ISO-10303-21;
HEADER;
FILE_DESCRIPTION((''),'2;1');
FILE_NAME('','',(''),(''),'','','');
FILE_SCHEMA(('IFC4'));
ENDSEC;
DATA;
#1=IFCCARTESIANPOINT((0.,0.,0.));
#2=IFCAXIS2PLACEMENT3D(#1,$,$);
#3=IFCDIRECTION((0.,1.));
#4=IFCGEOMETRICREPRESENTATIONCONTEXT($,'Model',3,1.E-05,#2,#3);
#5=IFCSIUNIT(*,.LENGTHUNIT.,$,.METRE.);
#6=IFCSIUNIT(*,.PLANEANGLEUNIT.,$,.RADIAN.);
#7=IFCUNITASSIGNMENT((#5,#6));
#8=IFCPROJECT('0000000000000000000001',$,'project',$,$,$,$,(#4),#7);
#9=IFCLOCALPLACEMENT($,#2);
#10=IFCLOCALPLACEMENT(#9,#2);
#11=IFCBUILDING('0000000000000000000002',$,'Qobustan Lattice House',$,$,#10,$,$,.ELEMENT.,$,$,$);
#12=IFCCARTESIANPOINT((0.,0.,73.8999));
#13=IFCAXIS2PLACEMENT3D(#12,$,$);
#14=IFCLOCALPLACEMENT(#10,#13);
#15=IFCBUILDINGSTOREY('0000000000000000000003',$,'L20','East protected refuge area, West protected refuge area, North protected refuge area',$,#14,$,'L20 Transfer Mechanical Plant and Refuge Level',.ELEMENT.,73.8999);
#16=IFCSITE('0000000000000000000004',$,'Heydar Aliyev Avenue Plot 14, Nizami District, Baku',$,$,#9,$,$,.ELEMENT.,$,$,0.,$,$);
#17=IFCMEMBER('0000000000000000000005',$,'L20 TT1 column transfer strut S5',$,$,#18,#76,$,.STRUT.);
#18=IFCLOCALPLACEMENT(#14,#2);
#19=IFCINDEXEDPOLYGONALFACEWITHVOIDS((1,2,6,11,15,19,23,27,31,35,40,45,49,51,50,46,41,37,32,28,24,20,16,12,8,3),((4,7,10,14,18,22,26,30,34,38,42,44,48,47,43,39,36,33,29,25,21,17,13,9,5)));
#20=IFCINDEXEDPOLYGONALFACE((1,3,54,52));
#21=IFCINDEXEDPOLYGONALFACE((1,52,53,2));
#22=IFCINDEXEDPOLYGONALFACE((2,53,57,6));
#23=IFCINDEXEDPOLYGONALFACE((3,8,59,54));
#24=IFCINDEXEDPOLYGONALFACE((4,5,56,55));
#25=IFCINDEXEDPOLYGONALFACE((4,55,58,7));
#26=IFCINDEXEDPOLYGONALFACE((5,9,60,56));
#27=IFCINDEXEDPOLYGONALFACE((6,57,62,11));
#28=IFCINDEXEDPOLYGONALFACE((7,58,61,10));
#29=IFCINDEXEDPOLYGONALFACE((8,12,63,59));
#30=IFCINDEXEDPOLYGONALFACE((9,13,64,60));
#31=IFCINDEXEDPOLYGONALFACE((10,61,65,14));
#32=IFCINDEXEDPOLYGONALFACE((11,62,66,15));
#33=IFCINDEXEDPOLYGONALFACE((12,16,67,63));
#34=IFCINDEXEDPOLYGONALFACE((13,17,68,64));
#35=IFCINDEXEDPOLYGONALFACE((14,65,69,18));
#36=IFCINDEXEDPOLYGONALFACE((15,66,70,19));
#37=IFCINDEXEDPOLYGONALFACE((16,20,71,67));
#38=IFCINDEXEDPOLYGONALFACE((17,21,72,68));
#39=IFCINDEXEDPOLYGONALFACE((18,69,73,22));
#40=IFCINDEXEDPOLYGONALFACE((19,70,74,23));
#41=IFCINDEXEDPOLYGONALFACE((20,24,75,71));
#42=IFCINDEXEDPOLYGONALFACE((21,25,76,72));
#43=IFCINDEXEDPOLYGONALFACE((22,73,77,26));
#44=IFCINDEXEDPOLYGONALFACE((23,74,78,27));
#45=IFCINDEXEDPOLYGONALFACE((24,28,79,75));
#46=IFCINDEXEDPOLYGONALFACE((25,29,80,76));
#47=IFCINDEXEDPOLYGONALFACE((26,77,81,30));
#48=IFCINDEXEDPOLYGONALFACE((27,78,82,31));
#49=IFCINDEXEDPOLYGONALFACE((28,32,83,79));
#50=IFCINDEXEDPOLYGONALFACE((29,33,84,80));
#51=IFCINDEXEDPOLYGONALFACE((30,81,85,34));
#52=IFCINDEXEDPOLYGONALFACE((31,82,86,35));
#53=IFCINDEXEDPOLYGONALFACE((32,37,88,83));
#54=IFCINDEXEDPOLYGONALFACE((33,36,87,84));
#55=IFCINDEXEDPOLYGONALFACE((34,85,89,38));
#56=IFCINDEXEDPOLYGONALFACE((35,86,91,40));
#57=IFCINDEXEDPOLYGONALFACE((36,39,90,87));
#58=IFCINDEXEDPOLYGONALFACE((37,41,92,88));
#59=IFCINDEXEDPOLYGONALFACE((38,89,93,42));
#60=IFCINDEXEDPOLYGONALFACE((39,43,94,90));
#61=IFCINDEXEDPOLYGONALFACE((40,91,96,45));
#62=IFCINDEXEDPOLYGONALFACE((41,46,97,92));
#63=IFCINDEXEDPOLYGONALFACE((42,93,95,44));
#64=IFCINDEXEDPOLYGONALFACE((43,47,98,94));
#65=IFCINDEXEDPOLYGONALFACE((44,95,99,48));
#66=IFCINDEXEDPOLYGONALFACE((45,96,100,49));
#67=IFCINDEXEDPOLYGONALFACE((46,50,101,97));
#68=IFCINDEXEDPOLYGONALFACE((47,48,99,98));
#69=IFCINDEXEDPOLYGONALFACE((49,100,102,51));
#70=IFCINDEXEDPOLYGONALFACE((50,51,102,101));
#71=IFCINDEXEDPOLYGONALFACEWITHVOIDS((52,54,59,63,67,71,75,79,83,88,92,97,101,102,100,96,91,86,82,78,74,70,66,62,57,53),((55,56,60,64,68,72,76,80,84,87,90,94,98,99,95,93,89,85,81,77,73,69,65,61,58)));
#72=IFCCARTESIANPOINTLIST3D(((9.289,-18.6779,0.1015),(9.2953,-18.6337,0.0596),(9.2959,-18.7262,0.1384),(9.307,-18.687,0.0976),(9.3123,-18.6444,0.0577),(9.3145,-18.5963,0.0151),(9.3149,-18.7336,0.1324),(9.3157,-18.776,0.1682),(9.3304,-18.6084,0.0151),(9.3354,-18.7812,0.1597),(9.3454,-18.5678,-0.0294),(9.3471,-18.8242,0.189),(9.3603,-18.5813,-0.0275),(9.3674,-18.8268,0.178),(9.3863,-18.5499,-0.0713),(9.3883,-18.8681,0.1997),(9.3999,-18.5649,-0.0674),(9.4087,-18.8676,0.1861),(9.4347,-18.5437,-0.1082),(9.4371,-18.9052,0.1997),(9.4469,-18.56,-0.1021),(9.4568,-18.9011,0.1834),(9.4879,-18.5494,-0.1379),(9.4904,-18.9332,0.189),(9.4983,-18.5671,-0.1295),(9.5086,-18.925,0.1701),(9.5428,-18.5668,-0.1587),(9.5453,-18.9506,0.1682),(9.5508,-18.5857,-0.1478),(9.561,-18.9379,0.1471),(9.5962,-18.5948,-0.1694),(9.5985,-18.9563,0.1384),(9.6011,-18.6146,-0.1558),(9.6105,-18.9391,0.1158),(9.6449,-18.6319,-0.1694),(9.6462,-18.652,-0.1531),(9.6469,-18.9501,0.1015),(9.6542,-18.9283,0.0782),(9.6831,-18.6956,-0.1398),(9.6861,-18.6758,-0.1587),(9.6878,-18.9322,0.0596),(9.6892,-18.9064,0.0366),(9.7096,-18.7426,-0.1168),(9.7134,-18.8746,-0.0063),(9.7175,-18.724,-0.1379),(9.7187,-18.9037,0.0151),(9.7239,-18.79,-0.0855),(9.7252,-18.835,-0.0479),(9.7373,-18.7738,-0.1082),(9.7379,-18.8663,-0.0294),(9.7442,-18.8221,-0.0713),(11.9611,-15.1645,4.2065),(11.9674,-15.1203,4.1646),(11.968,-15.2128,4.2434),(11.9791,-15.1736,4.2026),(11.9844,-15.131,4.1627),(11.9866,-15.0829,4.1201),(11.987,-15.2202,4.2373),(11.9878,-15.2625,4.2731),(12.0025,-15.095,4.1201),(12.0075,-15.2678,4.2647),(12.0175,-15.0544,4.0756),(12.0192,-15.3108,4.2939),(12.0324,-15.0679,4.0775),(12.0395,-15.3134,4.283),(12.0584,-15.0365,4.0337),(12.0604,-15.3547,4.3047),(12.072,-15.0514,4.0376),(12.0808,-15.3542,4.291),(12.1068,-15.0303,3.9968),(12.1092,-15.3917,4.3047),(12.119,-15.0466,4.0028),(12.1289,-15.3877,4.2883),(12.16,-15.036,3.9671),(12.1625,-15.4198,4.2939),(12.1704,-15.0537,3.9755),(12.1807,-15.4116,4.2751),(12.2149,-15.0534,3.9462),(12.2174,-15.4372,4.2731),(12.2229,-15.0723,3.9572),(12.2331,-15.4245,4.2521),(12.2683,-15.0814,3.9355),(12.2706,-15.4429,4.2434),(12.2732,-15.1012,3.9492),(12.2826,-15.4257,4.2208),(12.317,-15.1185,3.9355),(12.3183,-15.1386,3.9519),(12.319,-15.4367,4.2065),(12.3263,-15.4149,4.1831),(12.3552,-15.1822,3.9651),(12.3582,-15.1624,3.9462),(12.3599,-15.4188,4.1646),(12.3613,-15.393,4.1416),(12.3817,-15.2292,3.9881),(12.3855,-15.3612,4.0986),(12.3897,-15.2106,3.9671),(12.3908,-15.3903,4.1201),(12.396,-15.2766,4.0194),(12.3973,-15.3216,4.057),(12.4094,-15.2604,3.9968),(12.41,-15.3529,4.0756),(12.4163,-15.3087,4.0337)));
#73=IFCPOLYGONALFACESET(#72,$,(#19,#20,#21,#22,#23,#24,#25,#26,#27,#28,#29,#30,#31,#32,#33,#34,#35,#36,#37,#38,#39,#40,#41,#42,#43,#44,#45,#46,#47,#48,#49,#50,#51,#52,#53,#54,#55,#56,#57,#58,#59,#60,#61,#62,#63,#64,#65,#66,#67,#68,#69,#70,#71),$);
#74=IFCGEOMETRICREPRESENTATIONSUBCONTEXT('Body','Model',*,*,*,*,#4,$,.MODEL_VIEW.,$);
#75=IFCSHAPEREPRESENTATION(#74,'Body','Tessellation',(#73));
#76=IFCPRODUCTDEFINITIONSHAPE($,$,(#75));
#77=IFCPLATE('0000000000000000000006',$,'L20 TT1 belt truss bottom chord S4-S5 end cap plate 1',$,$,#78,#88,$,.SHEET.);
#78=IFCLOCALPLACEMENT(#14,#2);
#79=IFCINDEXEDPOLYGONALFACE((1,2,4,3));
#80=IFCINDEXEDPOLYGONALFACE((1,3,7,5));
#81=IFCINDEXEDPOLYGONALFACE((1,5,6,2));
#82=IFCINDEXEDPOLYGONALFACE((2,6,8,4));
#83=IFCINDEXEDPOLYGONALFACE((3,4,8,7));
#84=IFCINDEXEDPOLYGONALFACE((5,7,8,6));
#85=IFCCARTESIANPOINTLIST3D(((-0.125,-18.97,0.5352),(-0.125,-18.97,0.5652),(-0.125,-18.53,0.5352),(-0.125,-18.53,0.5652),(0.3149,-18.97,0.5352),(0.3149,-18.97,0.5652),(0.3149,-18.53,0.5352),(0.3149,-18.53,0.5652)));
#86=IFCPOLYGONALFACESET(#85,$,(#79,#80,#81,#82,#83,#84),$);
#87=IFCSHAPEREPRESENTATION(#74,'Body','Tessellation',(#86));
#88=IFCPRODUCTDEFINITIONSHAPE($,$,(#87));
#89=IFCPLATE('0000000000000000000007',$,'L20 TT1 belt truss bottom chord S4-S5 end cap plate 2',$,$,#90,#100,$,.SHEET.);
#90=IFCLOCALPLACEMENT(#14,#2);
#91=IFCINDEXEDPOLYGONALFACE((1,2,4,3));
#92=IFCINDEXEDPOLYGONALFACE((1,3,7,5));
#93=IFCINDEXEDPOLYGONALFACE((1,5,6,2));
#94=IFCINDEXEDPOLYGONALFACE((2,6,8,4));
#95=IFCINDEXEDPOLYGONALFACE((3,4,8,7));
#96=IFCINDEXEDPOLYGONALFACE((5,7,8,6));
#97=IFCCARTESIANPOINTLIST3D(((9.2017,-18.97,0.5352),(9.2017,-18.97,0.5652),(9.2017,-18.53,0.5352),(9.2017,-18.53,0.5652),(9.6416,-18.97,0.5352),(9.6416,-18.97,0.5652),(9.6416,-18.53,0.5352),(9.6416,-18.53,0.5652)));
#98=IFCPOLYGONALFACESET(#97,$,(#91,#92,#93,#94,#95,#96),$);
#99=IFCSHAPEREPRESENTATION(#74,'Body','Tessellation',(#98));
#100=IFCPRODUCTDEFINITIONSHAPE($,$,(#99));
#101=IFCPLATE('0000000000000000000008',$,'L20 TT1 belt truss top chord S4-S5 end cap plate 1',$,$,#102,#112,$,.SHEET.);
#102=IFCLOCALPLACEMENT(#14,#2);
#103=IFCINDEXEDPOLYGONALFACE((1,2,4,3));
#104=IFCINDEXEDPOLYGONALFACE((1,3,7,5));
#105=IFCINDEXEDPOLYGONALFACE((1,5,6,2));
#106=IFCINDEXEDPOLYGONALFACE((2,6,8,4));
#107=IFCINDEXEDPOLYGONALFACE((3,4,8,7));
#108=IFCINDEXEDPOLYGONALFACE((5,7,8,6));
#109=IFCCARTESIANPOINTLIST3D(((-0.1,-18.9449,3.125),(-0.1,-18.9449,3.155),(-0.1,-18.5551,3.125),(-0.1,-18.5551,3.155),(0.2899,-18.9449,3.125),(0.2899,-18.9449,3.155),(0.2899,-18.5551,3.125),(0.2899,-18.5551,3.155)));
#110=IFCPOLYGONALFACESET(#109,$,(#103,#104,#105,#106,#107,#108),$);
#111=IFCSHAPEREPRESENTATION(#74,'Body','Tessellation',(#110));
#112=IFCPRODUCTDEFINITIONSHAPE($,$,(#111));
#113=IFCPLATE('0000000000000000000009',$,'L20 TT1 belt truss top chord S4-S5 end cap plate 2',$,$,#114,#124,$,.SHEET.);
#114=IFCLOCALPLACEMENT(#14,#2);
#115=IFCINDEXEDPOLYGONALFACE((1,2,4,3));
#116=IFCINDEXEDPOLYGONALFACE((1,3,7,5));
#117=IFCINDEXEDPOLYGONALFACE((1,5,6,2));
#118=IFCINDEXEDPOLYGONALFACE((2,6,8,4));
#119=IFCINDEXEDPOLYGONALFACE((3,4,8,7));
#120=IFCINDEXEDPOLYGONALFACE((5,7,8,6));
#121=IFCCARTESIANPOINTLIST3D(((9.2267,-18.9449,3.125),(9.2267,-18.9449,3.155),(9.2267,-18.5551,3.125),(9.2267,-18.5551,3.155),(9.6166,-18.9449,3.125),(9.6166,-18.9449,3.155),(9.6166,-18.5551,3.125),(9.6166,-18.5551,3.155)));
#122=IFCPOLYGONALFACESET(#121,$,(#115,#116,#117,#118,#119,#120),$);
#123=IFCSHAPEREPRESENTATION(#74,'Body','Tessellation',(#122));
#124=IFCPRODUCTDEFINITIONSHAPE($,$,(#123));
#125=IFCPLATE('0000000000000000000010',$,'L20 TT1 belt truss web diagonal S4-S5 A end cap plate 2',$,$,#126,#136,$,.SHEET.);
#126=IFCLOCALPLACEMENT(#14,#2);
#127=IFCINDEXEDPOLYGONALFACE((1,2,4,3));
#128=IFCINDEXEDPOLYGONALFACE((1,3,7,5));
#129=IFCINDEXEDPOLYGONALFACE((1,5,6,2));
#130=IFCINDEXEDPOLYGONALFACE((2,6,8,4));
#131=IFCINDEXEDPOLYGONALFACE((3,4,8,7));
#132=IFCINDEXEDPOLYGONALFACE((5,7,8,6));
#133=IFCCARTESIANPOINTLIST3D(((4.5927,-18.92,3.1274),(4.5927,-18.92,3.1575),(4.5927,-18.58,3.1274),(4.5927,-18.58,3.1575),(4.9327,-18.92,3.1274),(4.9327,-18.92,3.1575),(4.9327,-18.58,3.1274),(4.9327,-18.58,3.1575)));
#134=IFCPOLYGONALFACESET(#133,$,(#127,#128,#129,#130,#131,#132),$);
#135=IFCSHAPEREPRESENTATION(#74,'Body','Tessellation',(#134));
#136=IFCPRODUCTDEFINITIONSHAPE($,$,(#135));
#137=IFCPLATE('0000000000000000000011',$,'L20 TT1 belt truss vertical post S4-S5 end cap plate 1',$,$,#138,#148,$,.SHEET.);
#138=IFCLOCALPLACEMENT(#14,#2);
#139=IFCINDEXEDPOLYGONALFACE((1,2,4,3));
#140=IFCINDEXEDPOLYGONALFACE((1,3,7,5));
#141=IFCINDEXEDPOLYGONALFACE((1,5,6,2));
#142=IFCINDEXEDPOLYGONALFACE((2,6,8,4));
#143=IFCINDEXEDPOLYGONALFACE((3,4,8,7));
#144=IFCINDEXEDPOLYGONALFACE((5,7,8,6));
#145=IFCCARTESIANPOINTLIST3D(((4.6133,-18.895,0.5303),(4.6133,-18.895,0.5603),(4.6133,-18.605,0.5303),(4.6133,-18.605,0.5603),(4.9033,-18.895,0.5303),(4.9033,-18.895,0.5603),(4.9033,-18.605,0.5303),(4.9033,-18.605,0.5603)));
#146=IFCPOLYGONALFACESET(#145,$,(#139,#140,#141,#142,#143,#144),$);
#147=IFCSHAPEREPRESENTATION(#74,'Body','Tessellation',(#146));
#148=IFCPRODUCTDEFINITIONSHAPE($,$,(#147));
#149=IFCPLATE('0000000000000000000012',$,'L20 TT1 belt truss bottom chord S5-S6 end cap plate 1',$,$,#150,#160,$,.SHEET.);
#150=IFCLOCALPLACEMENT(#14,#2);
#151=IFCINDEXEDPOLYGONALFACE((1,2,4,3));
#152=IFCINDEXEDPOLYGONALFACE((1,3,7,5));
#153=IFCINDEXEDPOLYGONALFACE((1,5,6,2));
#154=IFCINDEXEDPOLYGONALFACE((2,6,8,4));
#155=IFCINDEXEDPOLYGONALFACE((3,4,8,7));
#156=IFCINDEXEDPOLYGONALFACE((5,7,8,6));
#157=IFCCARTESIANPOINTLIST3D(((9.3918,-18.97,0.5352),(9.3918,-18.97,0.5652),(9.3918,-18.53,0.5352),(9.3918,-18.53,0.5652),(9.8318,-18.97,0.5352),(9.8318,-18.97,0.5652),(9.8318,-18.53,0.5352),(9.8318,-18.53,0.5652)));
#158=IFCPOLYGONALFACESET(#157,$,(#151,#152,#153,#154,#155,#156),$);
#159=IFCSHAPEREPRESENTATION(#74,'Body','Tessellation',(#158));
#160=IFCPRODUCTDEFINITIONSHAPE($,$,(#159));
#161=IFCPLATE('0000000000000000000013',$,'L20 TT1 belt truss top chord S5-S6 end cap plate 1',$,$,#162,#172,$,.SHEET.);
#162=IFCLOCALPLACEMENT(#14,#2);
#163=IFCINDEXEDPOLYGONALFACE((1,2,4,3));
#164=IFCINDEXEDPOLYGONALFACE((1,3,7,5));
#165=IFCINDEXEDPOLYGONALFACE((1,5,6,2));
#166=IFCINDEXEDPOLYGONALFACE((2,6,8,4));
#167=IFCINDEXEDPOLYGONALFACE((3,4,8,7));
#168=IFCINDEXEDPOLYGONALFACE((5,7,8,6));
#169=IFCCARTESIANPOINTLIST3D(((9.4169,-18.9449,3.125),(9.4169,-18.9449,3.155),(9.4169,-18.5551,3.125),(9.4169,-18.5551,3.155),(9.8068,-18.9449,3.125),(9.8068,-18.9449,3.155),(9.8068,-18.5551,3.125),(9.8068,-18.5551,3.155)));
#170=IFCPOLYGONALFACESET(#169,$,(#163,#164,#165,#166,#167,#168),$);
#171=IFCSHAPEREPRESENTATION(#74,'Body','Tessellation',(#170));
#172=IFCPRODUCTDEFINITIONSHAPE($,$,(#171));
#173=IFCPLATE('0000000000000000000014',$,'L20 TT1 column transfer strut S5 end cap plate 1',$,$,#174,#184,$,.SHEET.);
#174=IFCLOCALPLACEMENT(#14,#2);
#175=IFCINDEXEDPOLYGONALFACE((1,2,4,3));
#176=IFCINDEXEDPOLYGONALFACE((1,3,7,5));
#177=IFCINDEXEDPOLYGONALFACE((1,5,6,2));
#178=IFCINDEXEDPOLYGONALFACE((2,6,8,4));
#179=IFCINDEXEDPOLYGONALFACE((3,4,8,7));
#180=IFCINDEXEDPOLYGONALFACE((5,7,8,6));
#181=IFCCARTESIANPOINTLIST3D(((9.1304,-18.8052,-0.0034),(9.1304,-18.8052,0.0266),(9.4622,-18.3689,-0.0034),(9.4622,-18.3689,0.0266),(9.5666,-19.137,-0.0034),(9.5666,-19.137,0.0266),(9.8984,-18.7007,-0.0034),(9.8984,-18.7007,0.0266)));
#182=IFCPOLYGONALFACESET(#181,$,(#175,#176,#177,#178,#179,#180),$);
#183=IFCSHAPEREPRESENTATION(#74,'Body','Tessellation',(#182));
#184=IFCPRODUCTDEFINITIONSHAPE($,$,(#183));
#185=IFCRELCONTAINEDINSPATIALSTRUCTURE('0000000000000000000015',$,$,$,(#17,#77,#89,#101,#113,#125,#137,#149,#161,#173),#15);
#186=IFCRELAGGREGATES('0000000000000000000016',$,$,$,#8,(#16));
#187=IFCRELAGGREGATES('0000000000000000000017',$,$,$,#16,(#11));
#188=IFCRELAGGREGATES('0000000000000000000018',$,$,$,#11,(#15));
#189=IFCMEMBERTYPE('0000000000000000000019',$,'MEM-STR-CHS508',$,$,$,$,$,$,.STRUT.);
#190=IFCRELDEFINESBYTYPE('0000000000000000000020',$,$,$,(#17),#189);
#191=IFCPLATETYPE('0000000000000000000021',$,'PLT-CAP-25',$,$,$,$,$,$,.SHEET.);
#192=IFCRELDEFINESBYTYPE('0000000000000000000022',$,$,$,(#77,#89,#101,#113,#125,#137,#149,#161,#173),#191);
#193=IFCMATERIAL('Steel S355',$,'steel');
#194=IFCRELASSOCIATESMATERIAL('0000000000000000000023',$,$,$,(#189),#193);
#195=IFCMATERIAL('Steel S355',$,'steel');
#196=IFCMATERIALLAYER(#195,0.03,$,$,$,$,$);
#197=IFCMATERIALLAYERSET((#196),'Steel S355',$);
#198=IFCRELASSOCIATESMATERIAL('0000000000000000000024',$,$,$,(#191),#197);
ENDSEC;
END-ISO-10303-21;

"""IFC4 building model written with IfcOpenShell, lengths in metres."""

from ifc_helpers import new_model, si_unit, direction, frame, origin, origin_2d, place, context, subcontext, project, spatial, rectangle, hollow_circle, extrude, material, layer, layer_set, material_profile, profile_set, type_object, element, save


model = new_model("IFC4")

# Units and contexts
model_context = context("Model", 3, precision=1e-05, world=origin(), true_north=direction((0.0, 1.0)))
body_context = subcontext(model_context, "Body", "Model", "MODEL_VIEW")
ifc_project = project(units=[si_unit("LENGTHUNIT", "METRE"), si_unit("PLANEANGLEUNIT", "RADIAN")], contexts=[model_context])

# Site, building, storey
site_placement = place(None, origin())
site = spatial("IfcSite", under=ifc_project, at=site_placement, Name="Heydar Aliyev Avenue Plot 14, Nizami District, Baku", CompositionType="ELEMENT", RefElevation=0.0)
building_placement = place(site_placement, origin())
building = spatial("IfcBuilding", under=site, at=building_placement, Name="Qobustan Lattice House", CompositionType="ELEMENT")
storey_placement = place(building_placement, frame((0.0, 0.0, 73.8999)))
storey = spatial("IfcBuildingStorey", under=building, at=storey_placement, Name="L20", Description="East protected refuge area, West protected refuge area, North protected refuge area", LongName="L20 Transfer Mechanical Plant and Refuge Level", CompositionType="ELEMENT", Elevation=73.8999)

# Member
ifc_material_1 = material(Name="Steel S355", Category="steel")
ifc_material_profile_1 = material_profile(ifc_material_1, hollow_circle(Radius=0.2539, WallThickness=0.02, at=origin_2d()), Name="CHS508x20")
ifc_profile_set_1 = profile_set([ifc_material_profile_1], Name="Steel S355")
member_type_1 = type_object("IfcMemberType", Name="MEM-STR-CHS508", PredefinedType="STRUT", material=ifc_profile_set_1)
member_1_placement = place(storey_placement, frame((9.5166, -18.75, 0.0151), z_axis=(0.443294, 0.582864, 0.681), x_axis=(-0.795953, 0.605358, 0.0)))
element("IfcMember", 1, at=member_1_placement, inside=storey, type_object=member_type_1, Name="L20 TT1 column transfer strut S5", PredefinedType="STRUT", context=body_context, shape_type="SweptSolid", body=[
    extrude(hollow_circle(Radius=0.2539, WallThickness=0.02, at=origin_2d()), origin(), (0.0, 0.0, 1.0), 6.0278),
])

# Plates
ifc_material_2 = material(Name="Steel S355", Category="steel")
ifc_layer = layer(ifc_material_2, 0.03)
ifc_layer_set = layer_set([ifc_layer], Name="Steel S355")
plate_type = type_object("IfcPlateType", Name="PLT-CAP-25", PredefinedType="SHEET", material=ifc_layer_set)
for number, where, z_axis, x_axis, name in (
    (2, (0.095, -18.75, 0.5352), (0.0, 0.0, 1.0), (1.0, 0.0, 0.0), "L20 TT1 belt truss bottom chord S4-S5 end cap plate 1"),
    (3, (9.4216, -18.75, 0.5352), (0.0, 0.0, 1.0), (1.0, 0.0, 0.0), "L20 TT1 belt truss bottom chord S4-S5 end cap plate 2"),
):
    element("IfcPlate", number, at=place(storey_placement, frame(where, z_axis=z_axis, x_axis=x_axis)), inside=storey, type_object=plate_type, Name=name, PredefinedType="SHEET", context=body_context, shape_type="SweptSolid", body=[
        extrude(rectangle(XDim=0.4399, YDim=0.4399, at=origin_2d()), origin(), (0.0, 0.0, 1.0), 0.03),
    ])
for number, where, z_axis, x_axis, name in (
    (4, (0.095, -18.75, 3.125), (0.0, 0.0, 1.0), (1.0, 0.0, 0.0), "L20 TT1 belt truss top chord S4-S5 end cap plate 1"),
    (5, (9.4216, -18.75, 3.125), (0.0, 0.0, 1.0), (1.0, 0.0, 0.0), "L20 TT1 belt truss top chord S4-S5 end cap plate 2"),
):
    element("IfcPlate", number, at=place(storey_placement, frame(where, z_axis=z_axis, x_axis=x_axis)), inside=storey, type_object=plate_type, Name=name, PredefinedType="SHEET", context=body_context, shape_type="SweptSolid", body=[
        extrude(rectangle(XDim=0.3899, YDim=0.3899, at=origin_2d()), origin(), (0.0, 0.0, 1.0), 0.03),
    ])
plate_1_placement = place(storey_placement, frame((4.7627, -18.75, 3.1274), z_axis=(0.0, 0.0, 1.0), x_axis=(1.0, 0.0, 0.0)))
element("IfcPlate", 6, at=plate_1_placement, inside=storey, type_object=plate_type, Name="L20 TT1 belt truss web diagonal S4-S5 A end cap plate 2", PredefinedType="SHEET", context=body_context, shape_type="SweptSolid", body=[
    extrude(rectangle(XDim=0.3401, YDim=0.3401, at=origin_2d()), origin(), (0.0, 0.0, 1.0), 0.03),
])
plate_2_placement = place(storey_placement, frame((4.7583, -18.75, 0.5303), z_axis=(0.0, 0.0, 1.0), x_axis=(1.0, 0.0, 0.0)))
element("IfcPlate", 7, at=plate_2_placement, inside=storey, type_object=plate_type, Name="L20 TT1 belt truss vertical post S4-S5 end cap plate 1", PredefinedType="SHEET", context=body_context, shape_type="SweptSolid", body=[
    extrude(rectangle(XDim=0.29, YDim=0.29, at=origin_2d()), origin(), (0.0, 0.0, 1.0), 0.03),
])
plate_3_placement = place(storey_placement, frame((9.6118, -18.75, 0.5352), z_axis=(0.0, 0.0, 1.0), x_axis=(1.0, 0.0, 0.0)))
element("IfcPlate", 8, at=plate_3_placement, inside=storey, type_object=plate_type, Name="L20 TT1 belt truss bottom chord S5-S6 end cap plate 1", PredefinedType="SHEET", context=body_context, shape_type="SweptSolid", body=[
    extrude(rectangle(XDim=0.4399, YDim=0.4399, at=origin_2d()), origin(), (0.0, 0.0, 1.0), 0.03),
])
plate_4_placement = place(storey_placement, frame((9.6118, -18.75, 3.125), z_axis=(0.0, 0.0, 1.0), x_axis=(1.0, 0.0, 0.0)))
element("IfcPlate", 9, at=plate_4_placement, inside=storey, type_object=plate_type, Name="L20 TT1 belt truss top chord S5-S6 end cap plate 1", PredefinedType="SHEET", context=body_context, shape_type="SweptSolid", body=[
    extrude(rectangle(XDim=0.3899, YDim=0.3899, at=origin_2d()), origin(), (0.0, 0.0, 1.0), 0.03),
])
plate_5_placement = place(storey_placement, frame((9.5144, -18.7529, -0.0034), z_axis=(0.0, 0.0, 1.0), x_axis=(0.60535, 0.79596, 0.0)))
element("IfcPlate", 10, at=plate_5_placement, inside=storey, type_object=plate_type, Name="L20 TT1 column transfer strut S5 end cap plate 1", PredefinedType="SHEET", context=body_context, shape_type="SweptSolid", body=[
    extrude(rectangle(XDim=0.5481, YDim=0.5481, at=origin_2d()), origin(), (0.0, 0.0, 1.0), 0.03),
])

save(model, "model.ifc")
